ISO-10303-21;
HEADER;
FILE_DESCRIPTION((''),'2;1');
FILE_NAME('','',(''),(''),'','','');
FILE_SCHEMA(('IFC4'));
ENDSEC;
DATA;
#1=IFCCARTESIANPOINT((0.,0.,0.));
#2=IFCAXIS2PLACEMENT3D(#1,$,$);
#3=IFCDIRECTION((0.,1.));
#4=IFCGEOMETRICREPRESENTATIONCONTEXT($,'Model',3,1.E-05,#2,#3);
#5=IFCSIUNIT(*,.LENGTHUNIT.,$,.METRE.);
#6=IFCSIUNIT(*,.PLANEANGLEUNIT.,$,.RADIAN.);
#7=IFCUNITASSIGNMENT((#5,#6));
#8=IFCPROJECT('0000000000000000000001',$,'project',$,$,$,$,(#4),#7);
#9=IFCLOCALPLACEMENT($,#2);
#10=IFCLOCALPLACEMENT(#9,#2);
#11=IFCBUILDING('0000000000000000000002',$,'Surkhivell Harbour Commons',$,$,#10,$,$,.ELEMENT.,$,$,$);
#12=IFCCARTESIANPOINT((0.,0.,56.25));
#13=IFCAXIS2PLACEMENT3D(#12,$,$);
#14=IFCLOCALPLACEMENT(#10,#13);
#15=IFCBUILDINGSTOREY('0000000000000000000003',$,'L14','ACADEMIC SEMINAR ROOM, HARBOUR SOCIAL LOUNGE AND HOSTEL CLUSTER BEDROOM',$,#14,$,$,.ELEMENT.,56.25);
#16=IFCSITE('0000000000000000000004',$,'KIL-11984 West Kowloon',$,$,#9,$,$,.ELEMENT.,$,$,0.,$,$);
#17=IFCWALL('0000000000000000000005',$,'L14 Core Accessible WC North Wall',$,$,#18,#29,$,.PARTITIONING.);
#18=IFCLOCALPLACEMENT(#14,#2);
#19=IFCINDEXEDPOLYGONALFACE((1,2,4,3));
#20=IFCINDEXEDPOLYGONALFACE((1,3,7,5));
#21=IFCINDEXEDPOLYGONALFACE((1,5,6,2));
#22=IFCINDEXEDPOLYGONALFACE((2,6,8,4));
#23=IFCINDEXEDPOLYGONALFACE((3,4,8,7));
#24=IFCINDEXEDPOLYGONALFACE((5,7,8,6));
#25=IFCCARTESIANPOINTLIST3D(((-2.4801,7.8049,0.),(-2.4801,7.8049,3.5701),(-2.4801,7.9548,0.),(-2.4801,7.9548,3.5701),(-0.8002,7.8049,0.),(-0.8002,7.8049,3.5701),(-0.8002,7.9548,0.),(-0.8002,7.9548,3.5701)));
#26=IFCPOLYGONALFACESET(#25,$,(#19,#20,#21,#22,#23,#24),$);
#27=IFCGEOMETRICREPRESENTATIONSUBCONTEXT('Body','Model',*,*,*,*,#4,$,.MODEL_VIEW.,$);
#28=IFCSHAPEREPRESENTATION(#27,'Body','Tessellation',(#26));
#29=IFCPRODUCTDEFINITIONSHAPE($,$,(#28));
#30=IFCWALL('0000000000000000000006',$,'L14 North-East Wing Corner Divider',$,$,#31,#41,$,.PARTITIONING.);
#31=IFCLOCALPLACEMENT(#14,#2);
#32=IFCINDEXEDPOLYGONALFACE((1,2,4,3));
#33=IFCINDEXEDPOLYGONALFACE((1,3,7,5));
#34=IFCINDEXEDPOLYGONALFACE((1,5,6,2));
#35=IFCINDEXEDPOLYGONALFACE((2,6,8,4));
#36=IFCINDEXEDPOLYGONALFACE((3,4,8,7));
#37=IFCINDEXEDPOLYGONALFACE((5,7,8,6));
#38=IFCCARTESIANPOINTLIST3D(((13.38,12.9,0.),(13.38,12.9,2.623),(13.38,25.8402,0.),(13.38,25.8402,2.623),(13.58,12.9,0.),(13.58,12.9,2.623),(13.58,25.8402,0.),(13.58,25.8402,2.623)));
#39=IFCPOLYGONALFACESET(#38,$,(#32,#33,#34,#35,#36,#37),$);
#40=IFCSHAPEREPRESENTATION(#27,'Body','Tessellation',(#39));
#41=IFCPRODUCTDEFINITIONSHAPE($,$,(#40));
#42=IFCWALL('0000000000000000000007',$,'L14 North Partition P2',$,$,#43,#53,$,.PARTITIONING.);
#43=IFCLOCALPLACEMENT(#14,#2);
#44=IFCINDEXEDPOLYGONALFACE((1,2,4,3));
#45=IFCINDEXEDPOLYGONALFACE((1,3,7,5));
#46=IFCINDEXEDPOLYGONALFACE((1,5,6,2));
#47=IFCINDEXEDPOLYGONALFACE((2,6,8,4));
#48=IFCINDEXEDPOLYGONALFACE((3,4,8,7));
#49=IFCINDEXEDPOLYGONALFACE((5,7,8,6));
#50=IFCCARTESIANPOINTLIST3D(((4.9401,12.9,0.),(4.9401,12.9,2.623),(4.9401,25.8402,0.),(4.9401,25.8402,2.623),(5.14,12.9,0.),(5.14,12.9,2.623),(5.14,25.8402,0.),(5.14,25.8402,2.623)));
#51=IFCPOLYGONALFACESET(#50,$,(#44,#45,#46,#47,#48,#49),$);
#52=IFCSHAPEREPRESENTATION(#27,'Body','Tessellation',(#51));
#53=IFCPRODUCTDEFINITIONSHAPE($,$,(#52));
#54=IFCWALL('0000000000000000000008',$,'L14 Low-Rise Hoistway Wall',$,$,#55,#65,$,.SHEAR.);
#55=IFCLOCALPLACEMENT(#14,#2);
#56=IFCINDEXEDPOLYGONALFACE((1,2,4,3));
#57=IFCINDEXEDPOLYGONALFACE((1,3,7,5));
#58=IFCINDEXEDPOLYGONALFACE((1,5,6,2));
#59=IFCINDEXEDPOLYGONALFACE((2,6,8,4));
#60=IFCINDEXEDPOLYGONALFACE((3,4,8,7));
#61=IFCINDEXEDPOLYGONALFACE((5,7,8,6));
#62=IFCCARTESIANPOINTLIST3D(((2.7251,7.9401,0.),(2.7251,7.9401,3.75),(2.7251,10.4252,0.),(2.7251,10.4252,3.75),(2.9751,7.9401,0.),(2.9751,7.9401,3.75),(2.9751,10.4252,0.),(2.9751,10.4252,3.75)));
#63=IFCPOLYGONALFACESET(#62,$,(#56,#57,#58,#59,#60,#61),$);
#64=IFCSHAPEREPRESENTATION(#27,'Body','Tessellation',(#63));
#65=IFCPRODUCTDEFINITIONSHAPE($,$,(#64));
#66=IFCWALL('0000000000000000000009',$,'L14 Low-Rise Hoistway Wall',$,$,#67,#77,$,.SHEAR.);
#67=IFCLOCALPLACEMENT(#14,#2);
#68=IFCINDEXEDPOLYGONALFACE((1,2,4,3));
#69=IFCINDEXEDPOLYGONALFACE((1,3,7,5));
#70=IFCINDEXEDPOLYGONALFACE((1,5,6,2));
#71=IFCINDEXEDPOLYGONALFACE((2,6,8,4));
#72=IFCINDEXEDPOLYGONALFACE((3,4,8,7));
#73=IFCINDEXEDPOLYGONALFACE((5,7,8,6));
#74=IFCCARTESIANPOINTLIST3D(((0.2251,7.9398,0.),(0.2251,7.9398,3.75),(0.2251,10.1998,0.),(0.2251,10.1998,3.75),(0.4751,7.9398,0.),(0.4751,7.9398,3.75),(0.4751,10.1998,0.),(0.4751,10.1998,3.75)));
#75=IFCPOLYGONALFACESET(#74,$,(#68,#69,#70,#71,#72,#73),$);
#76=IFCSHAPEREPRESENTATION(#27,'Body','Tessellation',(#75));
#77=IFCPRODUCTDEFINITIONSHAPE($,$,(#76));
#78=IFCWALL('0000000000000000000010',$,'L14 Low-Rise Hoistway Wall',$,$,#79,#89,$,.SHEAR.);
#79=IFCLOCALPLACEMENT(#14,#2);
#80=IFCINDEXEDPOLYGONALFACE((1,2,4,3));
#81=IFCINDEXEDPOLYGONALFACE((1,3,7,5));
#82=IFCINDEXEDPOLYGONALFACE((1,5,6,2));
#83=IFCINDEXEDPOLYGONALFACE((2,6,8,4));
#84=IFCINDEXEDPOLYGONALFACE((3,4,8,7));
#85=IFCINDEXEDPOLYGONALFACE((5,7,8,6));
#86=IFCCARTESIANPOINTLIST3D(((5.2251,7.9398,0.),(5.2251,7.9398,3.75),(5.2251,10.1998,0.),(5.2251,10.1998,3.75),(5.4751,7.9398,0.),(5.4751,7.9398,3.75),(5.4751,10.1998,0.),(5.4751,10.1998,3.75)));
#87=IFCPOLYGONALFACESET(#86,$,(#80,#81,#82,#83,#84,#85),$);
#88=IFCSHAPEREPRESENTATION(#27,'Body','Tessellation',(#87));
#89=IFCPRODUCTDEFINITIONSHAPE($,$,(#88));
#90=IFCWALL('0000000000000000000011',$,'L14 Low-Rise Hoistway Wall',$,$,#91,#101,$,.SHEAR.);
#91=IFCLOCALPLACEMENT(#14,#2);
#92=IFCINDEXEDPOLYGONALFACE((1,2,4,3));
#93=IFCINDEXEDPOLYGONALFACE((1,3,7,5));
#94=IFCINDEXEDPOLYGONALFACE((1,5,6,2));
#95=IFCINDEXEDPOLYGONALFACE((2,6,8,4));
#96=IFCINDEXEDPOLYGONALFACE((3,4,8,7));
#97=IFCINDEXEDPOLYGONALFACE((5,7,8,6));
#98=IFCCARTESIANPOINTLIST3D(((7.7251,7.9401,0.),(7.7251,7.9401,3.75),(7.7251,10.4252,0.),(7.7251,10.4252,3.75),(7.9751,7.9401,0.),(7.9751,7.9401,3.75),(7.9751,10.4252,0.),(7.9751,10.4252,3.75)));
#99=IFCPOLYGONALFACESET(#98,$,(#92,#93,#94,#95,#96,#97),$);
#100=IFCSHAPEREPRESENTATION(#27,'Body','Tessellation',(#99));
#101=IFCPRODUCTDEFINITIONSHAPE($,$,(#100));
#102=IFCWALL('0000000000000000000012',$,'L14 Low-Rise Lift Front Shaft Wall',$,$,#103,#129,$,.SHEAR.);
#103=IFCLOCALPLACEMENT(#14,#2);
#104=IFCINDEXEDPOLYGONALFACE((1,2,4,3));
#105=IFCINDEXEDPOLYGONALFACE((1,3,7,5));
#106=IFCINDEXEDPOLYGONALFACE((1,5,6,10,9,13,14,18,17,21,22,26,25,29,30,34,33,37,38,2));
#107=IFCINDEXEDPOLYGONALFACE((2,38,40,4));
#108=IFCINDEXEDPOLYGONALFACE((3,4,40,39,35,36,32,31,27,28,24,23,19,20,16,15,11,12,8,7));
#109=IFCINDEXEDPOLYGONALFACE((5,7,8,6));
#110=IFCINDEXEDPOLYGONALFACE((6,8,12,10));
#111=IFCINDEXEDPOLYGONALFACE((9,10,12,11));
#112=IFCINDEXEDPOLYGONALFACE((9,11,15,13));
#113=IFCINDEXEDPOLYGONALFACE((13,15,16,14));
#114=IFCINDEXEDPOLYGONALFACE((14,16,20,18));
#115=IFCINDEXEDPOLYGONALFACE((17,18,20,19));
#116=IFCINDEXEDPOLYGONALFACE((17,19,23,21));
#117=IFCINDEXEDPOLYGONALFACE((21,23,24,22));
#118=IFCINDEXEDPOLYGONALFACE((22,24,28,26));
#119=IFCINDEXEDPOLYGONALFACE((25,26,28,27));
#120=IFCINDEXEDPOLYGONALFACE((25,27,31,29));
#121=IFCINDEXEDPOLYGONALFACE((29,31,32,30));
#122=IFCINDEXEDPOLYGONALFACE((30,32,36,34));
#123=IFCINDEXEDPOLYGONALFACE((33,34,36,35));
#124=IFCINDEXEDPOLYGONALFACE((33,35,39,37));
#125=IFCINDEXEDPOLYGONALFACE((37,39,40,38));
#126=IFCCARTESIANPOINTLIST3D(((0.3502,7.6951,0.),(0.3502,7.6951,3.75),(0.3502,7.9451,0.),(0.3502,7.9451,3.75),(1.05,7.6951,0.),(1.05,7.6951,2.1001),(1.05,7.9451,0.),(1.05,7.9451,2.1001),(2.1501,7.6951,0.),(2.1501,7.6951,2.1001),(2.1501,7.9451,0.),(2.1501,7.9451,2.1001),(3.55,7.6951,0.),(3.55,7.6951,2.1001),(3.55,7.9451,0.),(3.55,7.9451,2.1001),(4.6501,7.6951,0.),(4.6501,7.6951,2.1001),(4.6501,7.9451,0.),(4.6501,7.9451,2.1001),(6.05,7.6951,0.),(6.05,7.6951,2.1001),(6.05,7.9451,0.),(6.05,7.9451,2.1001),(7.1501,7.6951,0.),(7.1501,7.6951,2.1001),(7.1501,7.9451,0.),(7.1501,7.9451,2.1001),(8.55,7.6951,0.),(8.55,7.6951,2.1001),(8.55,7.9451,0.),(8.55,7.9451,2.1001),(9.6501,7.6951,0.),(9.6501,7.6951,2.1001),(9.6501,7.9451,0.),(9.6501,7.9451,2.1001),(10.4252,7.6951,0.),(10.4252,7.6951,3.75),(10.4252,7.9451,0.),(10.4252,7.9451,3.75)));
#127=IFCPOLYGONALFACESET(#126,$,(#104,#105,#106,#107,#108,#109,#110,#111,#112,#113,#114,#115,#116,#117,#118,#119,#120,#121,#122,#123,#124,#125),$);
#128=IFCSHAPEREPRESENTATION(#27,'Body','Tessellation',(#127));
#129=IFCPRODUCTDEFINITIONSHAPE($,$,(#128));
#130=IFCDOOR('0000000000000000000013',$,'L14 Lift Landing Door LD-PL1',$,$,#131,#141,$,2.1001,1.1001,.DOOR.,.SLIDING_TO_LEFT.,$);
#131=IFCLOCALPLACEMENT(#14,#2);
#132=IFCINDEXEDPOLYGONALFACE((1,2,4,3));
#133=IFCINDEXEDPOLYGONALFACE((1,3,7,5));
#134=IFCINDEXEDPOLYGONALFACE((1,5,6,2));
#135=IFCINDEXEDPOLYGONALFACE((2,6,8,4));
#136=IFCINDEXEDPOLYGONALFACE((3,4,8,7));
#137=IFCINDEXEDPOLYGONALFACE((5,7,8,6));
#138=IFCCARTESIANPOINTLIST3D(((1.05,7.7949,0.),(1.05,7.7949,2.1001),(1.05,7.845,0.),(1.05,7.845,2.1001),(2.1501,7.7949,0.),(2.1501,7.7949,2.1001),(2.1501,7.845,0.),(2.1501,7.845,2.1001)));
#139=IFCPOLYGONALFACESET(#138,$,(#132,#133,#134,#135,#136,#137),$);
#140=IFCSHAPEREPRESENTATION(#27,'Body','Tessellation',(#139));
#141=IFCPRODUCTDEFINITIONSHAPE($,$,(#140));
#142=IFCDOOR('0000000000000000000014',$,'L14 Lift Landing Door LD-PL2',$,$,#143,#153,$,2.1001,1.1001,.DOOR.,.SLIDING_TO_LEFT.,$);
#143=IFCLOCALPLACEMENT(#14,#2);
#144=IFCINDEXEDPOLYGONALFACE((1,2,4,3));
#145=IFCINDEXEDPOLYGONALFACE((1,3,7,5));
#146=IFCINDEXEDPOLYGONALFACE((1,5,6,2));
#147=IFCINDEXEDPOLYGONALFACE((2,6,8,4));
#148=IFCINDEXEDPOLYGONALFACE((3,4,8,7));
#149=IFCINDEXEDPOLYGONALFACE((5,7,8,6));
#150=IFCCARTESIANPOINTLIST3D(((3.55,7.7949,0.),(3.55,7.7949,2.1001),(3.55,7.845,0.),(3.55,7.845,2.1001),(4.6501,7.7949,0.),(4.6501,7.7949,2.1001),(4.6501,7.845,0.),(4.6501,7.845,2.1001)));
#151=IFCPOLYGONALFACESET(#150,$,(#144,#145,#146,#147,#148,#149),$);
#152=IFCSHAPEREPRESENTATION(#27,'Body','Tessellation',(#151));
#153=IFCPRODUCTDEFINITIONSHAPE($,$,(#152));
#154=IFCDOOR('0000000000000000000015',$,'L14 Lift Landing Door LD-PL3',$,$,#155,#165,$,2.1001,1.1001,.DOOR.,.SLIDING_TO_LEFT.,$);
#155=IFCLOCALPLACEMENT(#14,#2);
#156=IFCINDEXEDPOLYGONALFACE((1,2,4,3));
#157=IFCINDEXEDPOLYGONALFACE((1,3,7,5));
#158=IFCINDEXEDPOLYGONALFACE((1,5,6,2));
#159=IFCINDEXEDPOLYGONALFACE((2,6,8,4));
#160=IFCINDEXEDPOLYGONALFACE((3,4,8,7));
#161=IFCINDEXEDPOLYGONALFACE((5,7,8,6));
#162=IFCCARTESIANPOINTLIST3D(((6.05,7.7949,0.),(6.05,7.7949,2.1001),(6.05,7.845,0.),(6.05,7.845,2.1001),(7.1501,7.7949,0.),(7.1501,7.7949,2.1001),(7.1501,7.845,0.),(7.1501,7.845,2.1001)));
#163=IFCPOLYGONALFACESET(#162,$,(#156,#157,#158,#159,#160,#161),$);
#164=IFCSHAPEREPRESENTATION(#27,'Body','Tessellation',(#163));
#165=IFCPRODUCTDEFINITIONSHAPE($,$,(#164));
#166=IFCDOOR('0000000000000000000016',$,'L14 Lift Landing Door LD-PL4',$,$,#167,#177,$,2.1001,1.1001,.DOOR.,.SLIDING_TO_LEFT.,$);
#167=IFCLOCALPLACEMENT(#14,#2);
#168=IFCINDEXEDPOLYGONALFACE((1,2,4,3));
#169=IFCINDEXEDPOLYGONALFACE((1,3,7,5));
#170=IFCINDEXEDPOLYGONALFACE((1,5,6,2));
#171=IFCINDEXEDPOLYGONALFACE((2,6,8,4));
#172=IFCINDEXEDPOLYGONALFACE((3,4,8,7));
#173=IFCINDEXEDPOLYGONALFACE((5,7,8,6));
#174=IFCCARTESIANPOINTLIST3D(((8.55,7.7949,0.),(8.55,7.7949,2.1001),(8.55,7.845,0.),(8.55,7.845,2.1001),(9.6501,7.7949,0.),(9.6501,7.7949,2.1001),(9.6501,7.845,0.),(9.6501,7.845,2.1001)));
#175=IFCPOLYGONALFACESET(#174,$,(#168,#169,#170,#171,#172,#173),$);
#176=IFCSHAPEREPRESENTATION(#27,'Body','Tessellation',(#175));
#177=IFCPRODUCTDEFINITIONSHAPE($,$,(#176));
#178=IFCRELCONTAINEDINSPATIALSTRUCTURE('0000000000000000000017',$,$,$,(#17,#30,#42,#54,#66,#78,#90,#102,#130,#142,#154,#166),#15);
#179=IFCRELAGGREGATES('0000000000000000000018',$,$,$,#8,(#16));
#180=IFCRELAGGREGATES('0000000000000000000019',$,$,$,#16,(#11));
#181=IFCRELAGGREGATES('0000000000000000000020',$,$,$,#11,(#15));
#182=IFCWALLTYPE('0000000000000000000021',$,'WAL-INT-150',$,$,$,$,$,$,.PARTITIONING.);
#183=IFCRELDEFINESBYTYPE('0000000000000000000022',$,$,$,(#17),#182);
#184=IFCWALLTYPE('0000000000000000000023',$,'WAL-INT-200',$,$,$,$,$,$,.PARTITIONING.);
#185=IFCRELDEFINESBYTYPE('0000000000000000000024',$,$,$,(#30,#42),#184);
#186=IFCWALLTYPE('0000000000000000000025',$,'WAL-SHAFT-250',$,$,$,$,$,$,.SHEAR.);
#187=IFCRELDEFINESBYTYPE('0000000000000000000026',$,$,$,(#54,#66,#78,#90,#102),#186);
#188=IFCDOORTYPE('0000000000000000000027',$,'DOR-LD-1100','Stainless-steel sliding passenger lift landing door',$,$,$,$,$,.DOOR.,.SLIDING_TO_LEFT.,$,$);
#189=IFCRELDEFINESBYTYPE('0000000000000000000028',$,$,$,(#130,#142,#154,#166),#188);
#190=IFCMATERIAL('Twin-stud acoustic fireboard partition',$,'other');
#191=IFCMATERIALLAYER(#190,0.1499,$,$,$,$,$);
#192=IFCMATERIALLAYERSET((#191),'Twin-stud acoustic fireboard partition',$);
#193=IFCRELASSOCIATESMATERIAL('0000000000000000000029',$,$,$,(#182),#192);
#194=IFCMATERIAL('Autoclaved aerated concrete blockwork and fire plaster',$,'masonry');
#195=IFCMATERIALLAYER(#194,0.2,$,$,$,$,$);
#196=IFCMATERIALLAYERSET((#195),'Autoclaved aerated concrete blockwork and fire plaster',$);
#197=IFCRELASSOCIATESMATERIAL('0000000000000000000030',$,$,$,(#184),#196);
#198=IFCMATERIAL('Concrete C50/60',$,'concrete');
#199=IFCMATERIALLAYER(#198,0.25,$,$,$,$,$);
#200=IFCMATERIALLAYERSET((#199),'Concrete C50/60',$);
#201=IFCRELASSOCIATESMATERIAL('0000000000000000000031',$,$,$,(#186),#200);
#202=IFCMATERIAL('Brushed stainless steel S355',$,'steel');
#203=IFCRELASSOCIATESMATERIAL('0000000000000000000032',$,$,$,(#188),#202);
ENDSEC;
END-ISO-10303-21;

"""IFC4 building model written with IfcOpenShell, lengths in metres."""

from ifc_helpers import new_model, si_unit, direction, frame, frame_2d, origin, place, context, subcontext, project, spatial, rectangle, extrude, material, layer, layer_set, type_object, element, fill, save


model = new_model("IFC4")

# Units and contexts
model_context = context("Model", 3, precision=1e-05, world=origin(), true_north=direction((0.0, 1.0)))
body_context = subcontext(model_context, "Body", "Model", "MODEL_VIEW")
ifc_project = project(units=[si_unit("LENGTHUNIT", "METRE"), si_unit("PLANEANGLEUNIT", "RADIAN")], contexts=[model_context])

# Site, building, storey
site_placement = place(None, origin())
site = spatial("IfcSite", under=ifc_project, at=site_placement, Name="KIL-11984 West Kowloon", CompositionType="ELEMENT", RefElevation=0.0)
building_placement = place(site_placement, origin())
building = spatial("IfcBuilding", under=site, at=building_placement, Name="Surkhivell Harbour Commons", CompositionType="ELEMENT")
storey_placement = place(building_placement, frame((0.0, 0.0, 56.25)))
storey = spatial("IfcBuildingStorey", under=building, at=storey_placement, Name="L14", Description="ACADEMIC SEMINAR ROOM, HARBOUR SOCIAL LOUNGE AND HOSTEL CLUSTER BEDROOM", CompositionType="ELEMENT", Elevation=56.25)

# Walls
ifc_material_1 = material(Name="Twin-stud acoustic fireboard partition", Category="other")
ifc_layer_1 = layer(ifc_material_1, 0.1499)
ifc_layer_set_1 = layer_set([ifc_layer_1], Name="Twin-stud acoustic fireboard partition")
wall_type_1 = type_object("IfcWallType", Name="WAL-INT-150", PredefinedType="PARTITIONING", material=ifc_layer_set_1)
wall_1_placement = place(storey_placement, frame((-2.48, 7.8799, 0.0), z_axis=(0.0, 0.0, 1.0), x_axis=(1.0, 0.0, 0.0)))
element("IfcWall", 1, at=wall_1_placement, inside=storey, type_object=wall_type_1, Name="L14 Core Accessible WC North Wall", PredefinedType="PARTITIONING", context=body_context, shape_type="SweptSolid", body=[
    extrude(rectangle(XDim=1.6799, YDim=0.1499, at=frame_2d((0.8398, 0.0))), origin(), (0.0, 0.0, 1.0), 3.5701),
])
ifc_material_2 = material(Name="Autoclaved aerated concrete blockwork and fire plaster", Category="masonry")
ifc_layer_2 = layer(ifc_material_2, 0.2)
ifc_layer_set_2 = layer_set([ifc_layer_2], Name="Autoclaved aerated concrete blockwork and fire plaster")
wall_type_2 = type_object("IfcWallType", Name="WAL-INT-200", PredefinedType="PARTITIONING", material=ifc_layer_set_2)
for number, where, z_axis, x_axis, name in (
    (2, (13.48, 12.8999, 0.0), (0.0, 0.0, 1.0), (0.0, 1.0, 0.0), "L14 North-East Wing Corner Divider"),
    (3, (5.04, 12.8999, 0.0), (0.0, 0.0, 1.0), (0.0, 1.0, 0.0), "L14 North Partition P2"),
):
    element("IfcWall", number, at=place(storey_placement, frame(where, z_axis=z_axis, x_axis=x_axis)), inside=storey, type_object=wall_type_2, Name=name, PredefinedType="PARTITIONING", context=body_context, shape_type="SweptSolid", body=[
        extrude(rectangle(XDim=12.9402, YDim=0.2, at=frame_2d((6.4702, 0.0))), origin(), (0.0, 0.0, 1.0), 2.623),
    ])
ifc_material_3 = material(Name="Concrete C50/60", Category="concrete")
ifc_layer_3 = layer(ifc_material_3, 0.25)
ifc_layer_set_3 = layer_set([ifc_layer_3], Name="Concrete C50/60")
wall_type_3 = type_object("IfcWallType", Name="WAL-SHAFT-250", PredefinedType="SHEAR", material=ifc_layer_set_3)
wall_2_placement = place(storey_placement, frame((2.8501, 7.9399, 0.0), z_axis=(0.0, 0.0, 1.0), x_axis=(0.0, 1.0, 0.0)))
element("IfcWall", 4, at=wall_2_placement, inside=storey, type_object=wall_type_3, Name="L14 Low-Rise Hoistway Wall", PredefinedType="SHEAR", context=body_context, shape_type="SweptSolid", body=[
    extrude(rectangle(XDim=2.4851, YDim=0.25, at=frame_2d((1.2427, 0.0))), origin(), (0.0, 0.0, 1.0), 3.75),
])
for number, where, z_axis, x_axis, name in (
    (5, (0.3501, 7.9399, 0.0), (0.0, 0.0, 1.0), (0.0, 1.0, 0.0), "L14 Low-Rise Hoistway Wall"),
    (6, (5.3501, 7.9399, 0.0), (0.0, 0.0, 1.0), (0.0, 1.0, 0.0), "L14 Low-Rise Hoistway Wall"),
):
    element("IfcWall", number, at=place(storey_placement, frame(where, z_axis=z_axis, x_axis=x_axis)), inside=storey, type_object=wall_type_3, Name=name, PredefinedType="SHEAR", context=body_context, shape_type="SweptSolid", body=[
        extrude(rectangle(XDim=2.26, YDim=0.25, at=frame_2d((1.1299, 0.0))), origin(), (0.0, 0.0, 1.0), 3.75),
    ])
wall_3_placement = place(storey_placement, frame((7.8501, 7.9399, 0.0), z_axis=(0.0, 0.0, 1.0), x_axis=(0.0, 1.0, 0.0)))
element("IfcWall", 7, at=wall_3_placement, inside=storey, type_object=wall_type_3, Name="L14 Low-Rise Hoistway Wall", PredefinedType="SHEAR", context=body_context, shape_type="SweptSolid", body=[
    extrude(rectangle(XDim=2.4851, YDim=0.25, at=frame_2d((1.2427, 0.0))), origin(), (0.0, 0.0, 1.0), 3.75),
])

# Wall, openings, doors
wall_4_placement = place(storey_placement, frame((0.3501, 7.8201, 0.0), z_axis=(0.0, 0.0, 1.0), x_axis=(1.0, 0.0, 0.0)))
wall_4 = element("IfcWall", 8, at=wall_4_placement, inside=storey, type_object=wall_type_3, Name="L14 Low-Rise Lift Front Shaft Wall", PredefinedType="SHEAR", context=body_context, shape_type="SweptSolid", body=[
    extrude(rectangle(XDim=10.075, YDim=0.25, at=frame_2d((5.0376, 0.0))), origin(), (0.0, 0.0, 1.0), 3.75),
])
opening_1_placement = place(wall_4_placement, frame((0.7, 0.0, 0.0)))
opening_1 = element("IfcOpeningElement", 9, at=opening_1_placement, cuts=wall_4, PredefinedType="OPENING", context=body_context, shape_type="SweptSolid", body=[
    extrude(rectangle(XDim=1.1001, YDim=2.1001, at=frame_2d((0.55, 1.05))), frame((0.0, 0.135, 0.0), z_axis=(0.0, -1.0, 0.0), x_axis=(1.0, 0.0, 0.0)), (0.0, 0.0, 1.0), 0.27),
])
opening_2_placement = place(wall_4_placement, frame((3.2, 0.0, 0.0)))
opening_2 = element("IfcOpeningElement", 10, at=opening_2_placement, cuts=wall_4, PredefinedType="OPENING", context=body_context, shape_type="SweptSolid", body=[
    extrude(rectangle(XDim=1.1001, YDim=2.1001, at=frame_2d((0.55, 1.05))), frame((0.0, 0.135, 0.0), z_axis=(0.0, -1.0, 0.0), x_axis=(1.0, 0.0, 0.0)), (0.0, 0.0, 1.0), 0.27),
])
opening_3_placement = place(wall_4_placement, frame((5.7, 0.0, 0.0)))
opening_3 = element("IfcOpeningElement", 11, at=opening_3_placement, cuts=wall_4, PredefinedType="OPENING", context=body_context, shape_type="SweptSolid", body=[
    extrude(rectangle(XDim=1.1001, YDim=2.1001, at=frame_2d((0.55, 1.05))), frame((0.0, 0.135, 0.0), z_axis=(0.0, -1.0, 0.0), x_axis=(1.0, 0.0, 0.0)), (0.0, 0.0, 1.0), 0.27),
])
opening_4_placement = place(wall_4_placement, frame((8.2, 0.0, 0.0)))
opening_4 = element("IfcOpeningElement", 12, at=opening_4_placement, cuts=wall_4, PredefinedType="OPENING", context=body_context, shape_type="SweptSolid", body=[
    extrude(rectangle(XDim=1.1001, YDim=2.1001, at=frame_2d((0.55, 1.05))), frame((0.0, 0.135, 0.0), z_axis=(0.0, -1.0, 0.0), x_axis=(1.0, 0.0, 0.0)), (0.0, 0.0, 1.0), 0.27),
])
ifc_material_4 = material(Name="Brushed stainless steel S355", Category="steel")
door_type = type_object("IfcDoorType", Name="DOR-LD-1100", Description="Stainless-steel sliding passenger lift landing door", OperationType="SLIDING_TO_LEFT", PredefinedType="DOOR", material=ifc_material_4)
door_1_placement = place(opening_1_placement, origin())
door_1 = element("IfcDoor", 13, at=door_1_placement, inside=storey, type_object=door_type, Name="L14 Lift Landing Door LD-PL1", OperationType="SLIDING_TO_LEFT", OverallHeight=2.1001, OverallWidth=1.1001, PredefinedType="DOOR", context=body_context, shape_type="SweptSolid", body=[
    extrude(rectangle(XDim=1.1001, YDim=2.1001, at=frame_2d((0.55, 1.05))), frame((0.0, 0.0249, 0.0), z_axis=(0.0, -1.0, 0.0), x_axis=(1.0, 0.0, 0.0)), (0.0, 0.0, 1.0), 0.05),
])
fill(opening_1, door_1)
door_2_placement = place(opening_2_placement, origin())
door_2 = element("IfcDoor", 14, at=door_2_placement, inside=storey, type_object=door_type, Name="L14 Lift Landing Door LD-PL2", OperationType="SLIDING_TO_LEFT", OverallHeight=2.1001, OverallWidth=1.1001, PredefinedType="DOOR", context=body_context, shape_type="SweptSolid", body=[
    extrude(rectangle(XDim=1.1001, YDim=2.1001, at=frame_2d((0.55, 1.05))), frame((0.0, 0.0249, 0.0), z_axis=(0.0, -1.0, 0.0), x_axis=(1.0, 0.0, 0.0)), (0.0, 0.0, 1.0), 0.05),
])
fill(opening_2, door_2)
door_3_placement = place(opening_3_placement, origin())
door_3 = element("IfcDoor", 15, at=door_3_placement, inside=storey, type_object=door_type, Name="L14 Lift Landing Door LD-PL3", OperationType="SLIDING_TO_LEFT", OverallHeight=2.1001, OverallWidth=1.1001, PredefinedType="DOOR", context=body_context, shape_type="SweptSolid", body=[
    extrude(rectangle(XDim=1.1001, YDim=2.1001, at=frame_2d((0.55, 1.05))), frame((0.0, 0.0249, 0.0), z_axis=(0.0, -1.0, 0.0), x_axis=(1.0, 0.0, 0.0)), (0.0, 0.0, 1.0), 0.05),
])
fill(opening_3, door_3)
door_4_placement = place(opening_4_placement, origin())
door_4 = element("IfcDoor", 16, at=door_4_placement, inside=storey, type_object=door_type, Name="L14 Lift Landing Door LD-PL4", OperationType="SLIDING_TO_LEFT", OverallHeight=2.1001, OverallWidth=1.1001, PredefinedType="DOOR", context=body_context, shape_type="SweptSolid", body=[
    extrude(rectangle(XDim=1.1001, YDim=2.1001, at=frame_2d((0.55, 1.05))), frame((0.0, 0.0249, 0.0), z_axis=(0.0, -1.0, 0.0), x_axis=(1.0, 0.0, 0.0)), (0.0, 0.0, 1.0), 0.05),
])
fill(opening_4, door_4)

save(model, "model.ifc")
